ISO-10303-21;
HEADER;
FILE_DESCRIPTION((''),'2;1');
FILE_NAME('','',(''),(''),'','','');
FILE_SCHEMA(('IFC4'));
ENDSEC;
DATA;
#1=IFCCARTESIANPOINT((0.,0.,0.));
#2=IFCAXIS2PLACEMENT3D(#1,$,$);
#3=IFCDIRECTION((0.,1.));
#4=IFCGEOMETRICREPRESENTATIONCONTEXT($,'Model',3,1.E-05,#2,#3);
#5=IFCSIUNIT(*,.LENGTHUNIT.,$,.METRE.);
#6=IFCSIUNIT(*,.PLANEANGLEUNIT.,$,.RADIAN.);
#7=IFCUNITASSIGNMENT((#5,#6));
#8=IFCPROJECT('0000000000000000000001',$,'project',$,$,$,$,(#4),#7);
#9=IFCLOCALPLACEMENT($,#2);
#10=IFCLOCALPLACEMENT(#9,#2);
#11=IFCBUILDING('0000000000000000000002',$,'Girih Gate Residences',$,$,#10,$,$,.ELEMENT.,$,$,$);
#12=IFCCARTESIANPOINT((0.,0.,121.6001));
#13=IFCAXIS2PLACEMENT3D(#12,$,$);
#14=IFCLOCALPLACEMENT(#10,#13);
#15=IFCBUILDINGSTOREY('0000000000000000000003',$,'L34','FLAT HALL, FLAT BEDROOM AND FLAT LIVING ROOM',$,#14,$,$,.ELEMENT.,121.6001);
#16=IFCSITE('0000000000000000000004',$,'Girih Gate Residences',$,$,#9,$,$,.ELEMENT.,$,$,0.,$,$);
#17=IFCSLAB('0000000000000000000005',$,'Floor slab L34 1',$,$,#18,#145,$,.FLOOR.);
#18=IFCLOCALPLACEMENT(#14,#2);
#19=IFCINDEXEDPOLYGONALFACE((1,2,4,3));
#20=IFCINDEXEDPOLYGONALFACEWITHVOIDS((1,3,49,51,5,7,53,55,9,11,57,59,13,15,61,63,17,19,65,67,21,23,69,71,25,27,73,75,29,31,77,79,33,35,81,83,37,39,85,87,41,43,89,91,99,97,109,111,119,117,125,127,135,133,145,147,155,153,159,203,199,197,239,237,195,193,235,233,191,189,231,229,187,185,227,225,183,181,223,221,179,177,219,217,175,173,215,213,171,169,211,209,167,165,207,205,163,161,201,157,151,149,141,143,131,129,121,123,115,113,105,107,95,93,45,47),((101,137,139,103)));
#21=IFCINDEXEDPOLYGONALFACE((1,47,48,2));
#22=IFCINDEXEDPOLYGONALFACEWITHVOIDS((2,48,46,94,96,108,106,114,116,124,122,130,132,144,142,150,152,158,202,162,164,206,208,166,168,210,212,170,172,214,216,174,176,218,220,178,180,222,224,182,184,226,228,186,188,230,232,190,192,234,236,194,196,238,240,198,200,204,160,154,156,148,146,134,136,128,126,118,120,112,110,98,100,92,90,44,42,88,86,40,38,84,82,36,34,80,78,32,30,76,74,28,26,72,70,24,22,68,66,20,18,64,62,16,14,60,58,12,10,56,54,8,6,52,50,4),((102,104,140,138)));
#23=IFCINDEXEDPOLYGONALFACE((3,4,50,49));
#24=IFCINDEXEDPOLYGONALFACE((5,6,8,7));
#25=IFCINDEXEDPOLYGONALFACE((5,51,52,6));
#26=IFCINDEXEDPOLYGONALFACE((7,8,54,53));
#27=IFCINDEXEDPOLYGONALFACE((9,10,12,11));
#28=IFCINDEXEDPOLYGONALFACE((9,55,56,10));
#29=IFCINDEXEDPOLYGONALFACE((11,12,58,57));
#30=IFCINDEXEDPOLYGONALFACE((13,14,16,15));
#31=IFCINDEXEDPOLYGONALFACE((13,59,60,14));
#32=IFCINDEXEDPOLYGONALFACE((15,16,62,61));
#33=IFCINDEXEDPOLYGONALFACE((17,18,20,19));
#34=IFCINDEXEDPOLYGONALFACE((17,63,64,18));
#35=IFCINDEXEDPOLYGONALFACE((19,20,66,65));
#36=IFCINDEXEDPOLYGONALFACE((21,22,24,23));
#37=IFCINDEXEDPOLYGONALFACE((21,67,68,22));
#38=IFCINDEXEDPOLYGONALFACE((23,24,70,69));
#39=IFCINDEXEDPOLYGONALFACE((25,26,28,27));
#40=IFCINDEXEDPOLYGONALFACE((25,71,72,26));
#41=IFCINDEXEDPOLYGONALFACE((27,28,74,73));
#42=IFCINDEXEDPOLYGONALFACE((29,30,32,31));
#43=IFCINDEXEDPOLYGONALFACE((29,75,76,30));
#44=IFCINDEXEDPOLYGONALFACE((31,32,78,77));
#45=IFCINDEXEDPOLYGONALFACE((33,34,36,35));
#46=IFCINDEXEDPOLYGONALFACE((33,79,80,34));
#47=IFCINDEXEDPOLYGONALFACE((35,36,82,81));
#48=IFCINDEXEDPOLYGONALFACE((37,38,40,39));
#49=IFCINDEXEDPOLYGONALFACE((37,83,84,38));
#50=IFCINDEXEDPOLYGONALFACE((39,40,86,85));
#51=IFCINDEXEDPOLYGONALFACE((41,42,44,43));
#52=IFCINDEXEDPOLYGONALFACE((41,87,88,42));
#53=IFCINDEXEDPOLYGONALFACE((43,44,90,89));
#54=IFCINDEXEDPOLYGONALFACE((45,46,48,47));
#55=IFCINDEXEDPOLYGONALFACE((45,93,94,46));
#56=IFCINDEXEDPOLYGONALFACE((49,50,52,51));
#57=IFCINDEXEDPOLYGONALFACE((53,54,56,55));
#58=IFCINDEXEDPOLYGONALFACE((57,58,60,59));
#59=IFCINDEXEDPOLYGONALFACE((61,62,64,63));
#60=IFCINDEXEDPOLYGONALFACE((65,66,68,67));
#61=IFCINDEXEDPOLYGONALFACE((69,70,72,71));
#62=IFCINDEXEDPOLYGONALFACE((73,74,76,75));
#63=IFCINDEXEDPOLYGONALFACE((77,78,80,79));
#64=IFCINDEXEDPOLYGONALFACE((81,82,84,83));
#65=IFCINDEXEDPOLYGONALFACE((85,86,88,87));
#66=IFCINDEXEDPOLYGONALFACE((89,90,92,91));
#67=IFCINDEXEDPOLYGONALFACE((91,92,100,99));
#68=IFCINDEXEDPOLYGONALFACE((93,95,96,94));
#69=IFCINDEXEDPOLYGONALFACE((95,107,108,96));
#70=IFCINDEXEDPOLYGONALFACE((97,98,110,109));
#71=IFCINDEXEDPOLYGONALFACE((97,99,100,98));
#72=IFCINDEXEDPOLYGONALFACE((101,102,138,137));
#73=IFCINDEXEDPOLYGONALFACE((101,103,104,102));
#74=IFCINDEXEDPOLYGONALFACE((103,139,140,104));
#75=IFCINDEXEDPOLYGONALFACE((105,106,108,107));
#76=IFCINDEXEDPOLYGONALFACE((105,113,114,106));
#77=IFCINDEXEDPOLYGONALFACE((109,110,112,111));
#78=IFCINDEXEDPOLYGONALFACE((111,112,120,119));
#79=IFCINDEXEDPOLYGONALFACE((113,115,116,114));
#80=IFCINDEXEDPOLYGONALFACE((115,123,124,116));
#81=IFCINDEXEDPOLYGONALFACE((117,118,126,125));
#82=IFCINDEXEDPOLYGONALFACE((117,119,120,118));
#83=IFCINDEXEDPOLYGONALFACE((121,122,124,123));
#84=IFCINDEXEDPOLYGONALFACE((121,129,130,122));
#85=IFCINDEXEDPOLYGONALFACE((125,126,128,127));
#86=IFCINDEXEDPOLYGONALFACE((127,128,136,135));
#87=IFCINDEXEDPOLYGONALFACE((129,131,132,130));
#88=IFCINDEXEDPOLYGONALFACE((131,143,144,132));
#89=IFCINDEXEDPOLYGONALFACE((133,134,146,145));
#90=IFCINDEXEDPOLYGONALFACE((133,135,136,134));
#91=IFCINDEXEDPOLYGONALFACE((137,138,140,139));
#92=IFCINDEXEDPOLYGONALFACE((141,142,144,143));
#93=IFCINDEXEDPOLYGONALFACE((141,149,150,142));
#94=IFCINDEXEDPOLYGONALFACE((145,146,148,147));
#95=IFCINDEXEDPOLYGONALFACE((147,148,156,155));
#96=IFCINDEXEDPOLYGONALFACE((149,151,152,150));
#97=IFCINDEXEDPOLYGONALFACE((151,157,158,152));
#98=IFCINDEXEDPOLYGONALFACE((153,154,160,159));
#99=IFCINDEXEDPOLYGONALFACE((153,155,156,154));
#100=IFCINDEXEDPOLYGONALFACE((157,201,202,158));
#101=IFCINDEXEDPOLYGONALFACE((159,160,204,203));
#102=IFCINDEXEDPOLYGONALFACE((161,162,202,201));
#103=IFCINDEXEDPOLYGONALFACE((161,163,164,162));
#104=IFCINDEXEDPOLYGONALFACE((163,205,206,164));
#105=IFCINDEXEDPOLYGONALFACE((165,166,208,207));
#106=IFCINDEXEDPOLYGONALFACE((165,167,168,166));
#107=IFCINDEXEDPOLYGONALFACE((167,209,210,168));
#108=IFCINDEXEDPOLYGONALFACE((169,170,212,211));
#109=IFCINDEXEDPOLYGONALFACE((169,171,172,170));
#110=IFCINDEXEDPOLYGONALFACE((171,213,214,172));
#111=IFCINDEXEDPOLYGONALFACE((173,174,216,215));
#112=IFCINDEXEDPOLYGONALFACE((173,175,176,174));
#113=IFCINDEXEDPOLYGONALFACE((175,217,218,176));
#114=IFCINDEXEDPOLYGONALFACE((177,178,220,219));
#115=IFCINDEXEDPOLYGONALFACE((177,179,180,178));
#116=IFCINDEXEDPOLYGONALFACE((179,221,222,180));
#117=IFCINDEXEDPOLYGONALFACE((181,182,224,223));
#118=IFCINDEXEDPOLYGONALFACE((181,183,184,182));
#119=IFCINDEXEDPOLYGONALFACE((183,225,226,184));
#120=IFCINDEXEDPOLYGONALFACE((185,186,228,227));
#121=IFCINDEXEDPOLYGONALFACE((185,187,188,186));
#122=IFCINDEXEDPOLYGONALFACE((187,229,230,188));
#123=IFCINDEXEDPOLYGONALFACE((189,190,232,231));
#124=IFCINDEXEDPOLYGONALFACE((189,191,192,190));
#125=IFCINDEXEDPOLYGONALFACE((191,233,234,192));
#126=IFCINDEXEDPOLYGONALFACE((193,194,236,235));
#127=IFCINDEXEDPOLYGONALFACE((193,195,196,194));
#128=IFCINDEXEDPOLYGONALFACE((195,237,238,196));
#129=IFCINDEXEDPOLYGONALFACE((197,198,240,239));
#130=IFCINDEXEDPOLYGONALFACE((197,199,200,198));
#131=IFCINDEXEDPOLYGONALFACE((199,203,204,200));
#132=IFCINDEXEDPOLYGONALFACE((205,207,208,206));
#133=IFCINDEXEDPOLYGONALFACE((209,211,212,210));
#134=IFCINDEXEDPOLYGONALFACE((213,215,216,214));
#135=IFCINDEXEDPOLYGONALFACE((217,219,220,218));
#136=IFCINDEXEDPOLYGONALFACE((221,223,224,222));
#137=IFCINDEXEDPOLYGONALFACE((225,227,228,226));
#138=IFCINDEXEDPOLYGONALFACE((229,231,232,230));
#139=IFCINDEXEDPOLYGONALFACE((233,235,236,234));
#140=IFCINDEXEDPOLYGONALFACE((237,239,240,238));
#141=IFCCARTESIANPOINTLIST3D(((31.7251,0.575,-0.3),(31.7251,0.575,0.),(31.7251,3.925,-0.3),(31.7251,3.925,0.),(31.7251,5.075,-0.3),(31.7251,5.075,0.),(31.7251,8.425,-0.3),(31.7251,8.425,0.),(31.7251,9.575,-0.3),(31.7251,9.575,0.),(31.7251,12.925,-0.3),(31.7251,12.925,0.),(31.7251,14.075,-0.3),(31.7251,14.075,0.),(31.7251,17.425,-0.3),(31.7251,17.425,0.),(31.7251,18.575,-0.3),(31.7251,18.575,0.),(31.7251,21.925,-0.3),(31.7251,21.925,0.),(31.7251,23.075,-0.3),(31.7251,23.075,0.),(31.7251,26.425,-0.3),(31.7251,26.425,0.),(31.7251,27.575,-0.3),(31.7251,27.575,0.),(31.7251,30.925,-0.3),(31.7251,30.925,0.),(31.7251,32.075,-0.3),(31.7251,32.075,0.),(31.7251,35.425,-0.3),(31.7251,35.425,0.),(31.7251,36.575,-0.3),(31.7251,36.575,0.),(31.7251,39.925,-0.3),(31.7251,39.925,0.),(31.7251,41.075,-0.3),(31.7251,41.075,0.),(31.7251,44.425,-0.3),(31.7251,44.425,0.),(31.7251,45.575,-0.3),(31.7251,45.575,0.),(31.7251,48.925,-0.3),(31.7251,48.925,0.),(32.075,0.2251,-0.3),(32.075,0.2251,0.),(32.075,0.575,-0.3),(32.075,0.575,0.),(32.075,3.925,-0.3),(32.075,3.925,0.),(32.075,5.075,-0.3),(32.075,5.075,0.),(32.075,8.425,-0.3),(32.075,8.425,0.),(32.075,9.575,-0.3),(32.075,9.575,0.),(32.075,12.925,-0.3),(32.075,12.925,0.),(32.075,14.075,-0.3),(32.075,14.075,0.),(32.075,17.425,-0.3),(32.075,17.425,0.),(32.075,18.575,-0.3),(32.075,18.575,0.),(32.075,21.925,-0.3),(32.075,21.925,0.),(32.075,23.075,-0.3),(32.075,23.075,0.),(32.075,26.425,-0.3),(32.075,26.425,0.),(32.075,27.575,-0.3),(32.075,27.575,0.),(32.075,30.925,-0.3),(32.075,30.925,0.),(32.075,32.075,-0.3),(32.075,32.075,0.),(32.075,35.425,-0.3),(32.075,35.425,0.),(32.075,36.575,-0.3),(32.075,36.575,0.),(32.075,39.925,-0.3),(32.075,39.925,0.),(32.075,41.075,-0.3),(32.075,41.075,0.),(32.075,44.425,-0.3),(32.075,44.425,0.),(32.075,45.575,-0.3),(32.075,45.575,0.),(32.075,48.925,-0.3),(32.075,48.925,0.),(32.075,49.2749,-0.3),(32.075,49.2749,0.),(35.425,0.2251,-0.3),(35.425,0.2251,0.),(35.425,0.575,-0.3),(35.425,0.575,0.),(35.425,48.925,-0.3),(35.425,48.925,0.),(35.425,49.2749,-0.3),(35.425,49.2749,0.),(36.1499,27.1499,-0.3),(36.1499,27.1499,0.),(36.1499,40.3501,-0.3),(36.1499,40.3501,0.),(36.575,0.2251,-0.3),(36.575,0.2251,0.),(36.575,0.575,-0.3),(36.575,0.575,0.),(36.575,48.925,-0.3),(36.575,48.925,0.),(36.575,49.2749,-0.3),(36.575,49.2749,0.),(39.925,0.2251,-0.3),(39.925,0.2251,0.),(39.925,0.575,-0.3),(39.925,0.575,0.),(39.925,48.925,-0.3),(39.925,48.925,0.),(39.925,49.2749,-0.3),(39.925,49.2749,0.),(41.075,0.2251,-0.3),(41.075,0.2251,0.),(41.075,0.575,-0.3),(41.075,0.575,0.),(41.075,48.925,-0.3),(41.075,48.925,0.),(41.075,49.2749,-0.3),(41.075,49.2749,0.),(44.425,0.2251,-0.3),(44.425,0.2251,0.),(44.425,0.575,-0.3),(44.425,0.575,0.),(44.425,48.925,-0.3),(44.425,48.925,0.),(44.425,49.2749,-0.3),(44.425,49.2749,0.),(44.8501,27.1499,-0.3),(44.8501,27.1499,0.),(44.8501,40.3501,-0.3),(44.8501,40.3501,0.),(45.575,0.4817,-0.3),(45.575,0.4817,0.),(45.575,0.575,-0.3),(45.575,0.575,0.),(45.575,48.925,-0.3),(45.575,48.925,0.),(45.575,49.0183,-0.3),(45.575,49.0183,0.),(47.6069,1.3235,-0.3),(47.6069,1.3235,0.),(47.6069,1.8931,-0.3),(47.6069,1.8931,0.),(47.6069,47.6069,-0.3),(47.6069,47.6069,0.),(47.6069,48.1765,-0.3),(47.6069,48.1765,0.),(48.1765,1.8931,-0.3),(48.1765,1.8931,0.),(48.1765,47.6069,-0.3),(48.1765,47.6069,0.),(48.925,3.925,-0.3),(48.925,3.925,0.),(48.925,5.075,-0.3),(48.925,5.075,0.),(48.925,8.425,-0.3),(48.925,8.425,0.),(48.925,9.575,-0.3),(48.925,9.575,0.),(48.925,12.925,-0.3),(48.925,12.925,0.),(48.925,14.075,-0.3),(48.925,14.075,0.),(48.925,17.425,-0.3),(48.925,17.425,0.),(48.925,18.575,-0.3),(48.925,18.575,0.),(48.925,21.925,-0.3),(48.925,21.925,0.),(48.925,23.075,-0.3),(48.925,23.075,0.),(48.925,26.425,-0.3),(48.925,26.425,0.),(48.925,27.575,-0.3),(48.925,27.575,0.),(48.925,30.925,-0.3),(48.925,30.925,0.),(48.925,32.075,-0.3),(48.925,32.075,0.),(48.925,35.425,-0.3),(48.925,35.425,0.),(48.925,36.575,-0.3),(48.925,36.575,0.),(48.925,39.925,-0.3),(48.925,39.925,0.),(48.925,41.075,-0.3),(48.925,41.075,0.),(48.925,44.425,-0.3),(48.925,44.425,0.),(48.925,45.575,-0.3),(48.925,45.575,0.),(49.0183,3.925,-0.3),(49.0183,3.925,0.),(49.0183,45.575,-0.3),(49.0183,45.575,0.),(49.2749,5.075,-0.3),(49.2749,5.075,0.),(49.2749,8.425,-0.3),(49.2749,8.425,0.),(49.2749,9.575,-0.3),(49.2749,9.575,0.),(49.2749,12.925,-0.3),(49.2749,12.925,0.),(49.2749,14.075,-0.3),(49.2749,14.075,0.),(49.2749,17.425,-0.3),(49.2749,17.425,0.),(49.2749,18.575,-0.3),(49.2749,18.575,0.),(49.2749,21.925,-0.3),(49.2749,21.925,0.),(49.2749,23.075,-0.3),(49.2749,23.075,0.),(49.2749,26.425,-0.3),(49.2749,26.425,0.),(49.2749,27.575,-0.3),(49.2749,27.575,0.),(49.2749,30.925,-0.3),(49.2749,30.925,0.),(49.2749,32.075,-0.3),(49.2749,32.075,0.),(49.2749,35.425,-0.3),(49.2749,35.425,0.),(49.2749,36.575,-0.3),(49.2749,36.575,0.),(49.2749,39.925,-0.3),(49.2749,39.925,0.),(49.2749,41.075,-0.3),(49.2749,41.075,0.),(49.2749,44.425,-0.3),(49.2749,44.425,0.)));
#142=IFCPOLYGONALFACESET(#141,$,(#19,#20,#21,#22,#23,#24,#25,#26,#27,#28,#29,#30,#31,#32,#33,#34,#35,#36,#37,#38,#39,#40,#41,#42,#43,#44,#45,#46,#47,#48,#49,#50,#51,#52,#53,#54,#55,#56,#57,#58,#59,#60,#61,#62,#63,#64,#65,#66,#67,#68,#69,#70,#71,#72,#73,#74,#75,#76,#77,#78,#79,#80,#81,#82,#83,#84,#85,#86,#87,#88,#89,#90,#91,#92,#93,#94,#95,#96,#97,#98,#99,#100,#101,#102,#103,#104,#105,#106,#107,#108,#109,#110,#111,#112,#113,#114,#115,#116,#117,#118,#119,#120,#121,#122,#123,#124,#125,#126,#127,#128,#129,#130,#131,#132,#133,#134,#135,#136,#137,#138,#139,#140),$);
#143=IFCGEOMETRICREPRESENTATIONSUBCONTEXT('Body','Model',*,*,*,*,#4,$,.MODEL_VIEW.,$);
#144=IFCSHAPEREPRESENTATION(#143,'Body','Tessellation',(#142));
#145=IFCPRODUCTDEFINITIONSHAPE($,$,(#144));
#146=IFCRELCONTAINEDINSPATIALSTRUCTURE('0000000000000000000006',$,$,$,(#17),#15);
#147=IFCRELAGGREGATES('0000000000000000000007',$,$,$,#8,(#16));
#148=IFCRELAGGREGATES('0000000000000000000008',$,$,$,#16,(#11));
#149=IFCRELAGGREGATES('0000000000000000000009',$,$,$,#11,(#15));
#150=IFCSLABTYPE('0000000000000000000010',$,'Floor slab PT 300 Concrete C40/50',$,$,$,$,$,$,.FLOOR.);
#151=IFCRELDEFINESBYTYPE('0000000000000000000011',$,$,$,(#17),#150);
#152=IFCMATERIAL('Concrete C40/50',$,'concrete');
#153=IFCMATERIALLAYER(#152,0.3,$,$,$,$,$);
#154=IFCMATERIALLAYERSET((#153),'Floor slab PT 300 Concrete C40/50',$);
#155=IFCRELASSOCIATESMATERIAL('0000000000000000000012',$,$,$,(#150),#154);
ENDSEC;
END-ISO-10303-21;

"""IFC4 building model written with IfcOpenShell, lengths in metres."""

from ifc_helpers import new_model, si_unit, direction, frame, origin, place, context, subcontext, project, spatial, polyline, outline, extrude, material, layer, layer_set, type_object, element, save


model = new_model("IFC4")

# Units and contexts
model_context = context("Model", 3, precision=1e-05, world=origin(), true_north=direction((0.0, 1.0)))
body_context = subcontext(model_context, "Body", "Model", "MODEL_VIEW")
ifc_project = project(units=[si_unit("LENGTHUNIT", "METRE"), si_unit("PLANEANGLEUNIT", "RADIAN")], contexts=[model_context])

# Site, building, storey
site_placement = place(None, origin())
site = spatial("IfcSite", under=ifc_project, at=site_placement, Name="Girih Gate Residences", CompositionType="ELEMENT", RefElevation=0.0)
building_placement = place(site_placement, origin())
building = spatial("IfcBuilding", under=site, at=building_placement, Name="Girih Gate Residences", CompositionType="ELEMENT")
storey_placement = place(building_placement, frame((0.0, 0.0, 121.6001)))
storey = spatial("IfcBuildingStorey", under=building, at=storey_placement, Name="L34", Description="FLAT HALL, FLAT BEDROOM AND FLAT LIVING ROOM", CompositionType="ELEMENT", Elevation=121.6001)

# Slab
ifc_material_1 = material(Name="Concrete C40/50", Category="concrete")
ifc_layer_1 = layer(ifc_material_1, 0.3)
ifc_layer_set_1 = layer_set([ifc_layer_1], Name="Floor slab PT 300 Concrete C40/50")
slab_type_1 = type_object("IfcSlabType", Name="Floor slab PT 300 Concrete C40/50", PredefinedType="FLOOR", material=ifc_layer_set_1)
slab_1_placement = place(storey_placement, frame((0.0, 0.0, -0.3)))
element("IfcSlab", 1, at=slab_1_placement, inside=storey, type_object=slab_type_1, Name="Floor slab L34 1", PredefinedType="FLOOR", context=body_context, shape_type="SweptSolid", body=[
    extrude(outline(polyline([(35.425, 49.2749), (32.075, 49.2749), (32.075, 48.925), (31.7251, 48.925), (31.7251, 45.575), (32.075, 45.575), (32.075, 44.425), (31.7251, 44.425), (31.7251, 41.075), (32.075, 41.075), (32.075, 39.925), (31.7251, 39.925), (31.7251, 36.575), (32.075, 36.575), (32.075, 35.425), (31.7251, 35.425), (31.7251, 32.075), (32.075, 32.075), (32.075, 30.925), (31.7251, 30.925), (31.7251, 27.575), (32.075, 27.575), (32.075, 26.425), (31.7251, 26.425), (31.7251, 23.075), (32.075, 23.075), (32.075, 21.925), (31.7251, 21.925), (31.7251, 18.575), (32.075, 18.575), (32.075, 17.425), (31.7251, 17.425), (31.7251, 14.075), (32.075, 14.075), (32.075, 12.925), (31.7251, 12.925), (31.7251, 9.575), (32.075, 9.575), (32.075, 8.425), (31.7251, 8.425), (31.7251, 5.075), (32.075, 5.075), (32.075, 3.925), (31.7251, 3.925), (31.7251, 0.575), (32.075, 0.575), (32.075, 0.2251), (35.425, 0.2251), (35.425, 0.575), (36.575, 0.575), (36.575, 0.2251), (39.925, 0.2251), (39.925, 0.575), (41.075, 0.575), (41.075, 0.2251), (44.425, 0.2251), (44.425, 0.575), (45.575, 0.575), (45.575, 0.4817), (47.6069, 1.3235), (47.6069, 1.8931), (48.1765, 1.8931), (49.0183, 3.925), (48.925, 3.925), (48.925, 5.075), (49.2749, 5.075), (49.2749, 8.425), (48.925, 8.425), (48.925, 9.575), (49.2749, 9.575), (49.2749, 12.925), (48.925, 12.925), (48.925, 14.075), (49.2749, 14.075), (49.2749, 17.425), (48.925, 17.425), (48.925, 18.575), (49.2749, 18.575), (49.2749, 21.925), (48.925, 21.925), (48.925, 23.075), (49.2749, 23.075), (49.2749, 26.425), (48.925, 26.425), (48.925, 27.575), (49.2749, 27.575), (49.2749, 30.925), (48.925, 30.925), (48.925, 32.075), (49.2749, 32.075), (49.2749, 35.425), (48.925, 35.425), (48.925, 36.575), (49.2749, 36.575), (49.2749, 39.925), (48.925, 39.925), (48.925, 41.075), (49.2749, 41.075), (49.2749, 44.425), (48.925, 44.425), (48.925, 45.575), (49.0183, 45.575), (48.1765, 47.6069), (47.6069, 47.6069), (47.6069, 48.1765), (45.575, 49.0183), (45.575, 48.925), (44.425, 48.925), (44.425, 49.2749), (41.075, 49.2749), (41.075, 48.925), (39.925, 48.925), (39.925, 49.2749), (36.575, 49.2749), (36.575, 48.925), (35.425, 48.925), (35.425, 49.2749)]), holes=[polyline([(44.8501, 40.3501), (44.8501, 27.1499), (36.1499, 27.1499), (36.1499, 40.3501), (44.8501, 40.3501)])]), origin(), (0.0, 0.0, 1.0), 0.3),
])

save(model, "model.ifc")
